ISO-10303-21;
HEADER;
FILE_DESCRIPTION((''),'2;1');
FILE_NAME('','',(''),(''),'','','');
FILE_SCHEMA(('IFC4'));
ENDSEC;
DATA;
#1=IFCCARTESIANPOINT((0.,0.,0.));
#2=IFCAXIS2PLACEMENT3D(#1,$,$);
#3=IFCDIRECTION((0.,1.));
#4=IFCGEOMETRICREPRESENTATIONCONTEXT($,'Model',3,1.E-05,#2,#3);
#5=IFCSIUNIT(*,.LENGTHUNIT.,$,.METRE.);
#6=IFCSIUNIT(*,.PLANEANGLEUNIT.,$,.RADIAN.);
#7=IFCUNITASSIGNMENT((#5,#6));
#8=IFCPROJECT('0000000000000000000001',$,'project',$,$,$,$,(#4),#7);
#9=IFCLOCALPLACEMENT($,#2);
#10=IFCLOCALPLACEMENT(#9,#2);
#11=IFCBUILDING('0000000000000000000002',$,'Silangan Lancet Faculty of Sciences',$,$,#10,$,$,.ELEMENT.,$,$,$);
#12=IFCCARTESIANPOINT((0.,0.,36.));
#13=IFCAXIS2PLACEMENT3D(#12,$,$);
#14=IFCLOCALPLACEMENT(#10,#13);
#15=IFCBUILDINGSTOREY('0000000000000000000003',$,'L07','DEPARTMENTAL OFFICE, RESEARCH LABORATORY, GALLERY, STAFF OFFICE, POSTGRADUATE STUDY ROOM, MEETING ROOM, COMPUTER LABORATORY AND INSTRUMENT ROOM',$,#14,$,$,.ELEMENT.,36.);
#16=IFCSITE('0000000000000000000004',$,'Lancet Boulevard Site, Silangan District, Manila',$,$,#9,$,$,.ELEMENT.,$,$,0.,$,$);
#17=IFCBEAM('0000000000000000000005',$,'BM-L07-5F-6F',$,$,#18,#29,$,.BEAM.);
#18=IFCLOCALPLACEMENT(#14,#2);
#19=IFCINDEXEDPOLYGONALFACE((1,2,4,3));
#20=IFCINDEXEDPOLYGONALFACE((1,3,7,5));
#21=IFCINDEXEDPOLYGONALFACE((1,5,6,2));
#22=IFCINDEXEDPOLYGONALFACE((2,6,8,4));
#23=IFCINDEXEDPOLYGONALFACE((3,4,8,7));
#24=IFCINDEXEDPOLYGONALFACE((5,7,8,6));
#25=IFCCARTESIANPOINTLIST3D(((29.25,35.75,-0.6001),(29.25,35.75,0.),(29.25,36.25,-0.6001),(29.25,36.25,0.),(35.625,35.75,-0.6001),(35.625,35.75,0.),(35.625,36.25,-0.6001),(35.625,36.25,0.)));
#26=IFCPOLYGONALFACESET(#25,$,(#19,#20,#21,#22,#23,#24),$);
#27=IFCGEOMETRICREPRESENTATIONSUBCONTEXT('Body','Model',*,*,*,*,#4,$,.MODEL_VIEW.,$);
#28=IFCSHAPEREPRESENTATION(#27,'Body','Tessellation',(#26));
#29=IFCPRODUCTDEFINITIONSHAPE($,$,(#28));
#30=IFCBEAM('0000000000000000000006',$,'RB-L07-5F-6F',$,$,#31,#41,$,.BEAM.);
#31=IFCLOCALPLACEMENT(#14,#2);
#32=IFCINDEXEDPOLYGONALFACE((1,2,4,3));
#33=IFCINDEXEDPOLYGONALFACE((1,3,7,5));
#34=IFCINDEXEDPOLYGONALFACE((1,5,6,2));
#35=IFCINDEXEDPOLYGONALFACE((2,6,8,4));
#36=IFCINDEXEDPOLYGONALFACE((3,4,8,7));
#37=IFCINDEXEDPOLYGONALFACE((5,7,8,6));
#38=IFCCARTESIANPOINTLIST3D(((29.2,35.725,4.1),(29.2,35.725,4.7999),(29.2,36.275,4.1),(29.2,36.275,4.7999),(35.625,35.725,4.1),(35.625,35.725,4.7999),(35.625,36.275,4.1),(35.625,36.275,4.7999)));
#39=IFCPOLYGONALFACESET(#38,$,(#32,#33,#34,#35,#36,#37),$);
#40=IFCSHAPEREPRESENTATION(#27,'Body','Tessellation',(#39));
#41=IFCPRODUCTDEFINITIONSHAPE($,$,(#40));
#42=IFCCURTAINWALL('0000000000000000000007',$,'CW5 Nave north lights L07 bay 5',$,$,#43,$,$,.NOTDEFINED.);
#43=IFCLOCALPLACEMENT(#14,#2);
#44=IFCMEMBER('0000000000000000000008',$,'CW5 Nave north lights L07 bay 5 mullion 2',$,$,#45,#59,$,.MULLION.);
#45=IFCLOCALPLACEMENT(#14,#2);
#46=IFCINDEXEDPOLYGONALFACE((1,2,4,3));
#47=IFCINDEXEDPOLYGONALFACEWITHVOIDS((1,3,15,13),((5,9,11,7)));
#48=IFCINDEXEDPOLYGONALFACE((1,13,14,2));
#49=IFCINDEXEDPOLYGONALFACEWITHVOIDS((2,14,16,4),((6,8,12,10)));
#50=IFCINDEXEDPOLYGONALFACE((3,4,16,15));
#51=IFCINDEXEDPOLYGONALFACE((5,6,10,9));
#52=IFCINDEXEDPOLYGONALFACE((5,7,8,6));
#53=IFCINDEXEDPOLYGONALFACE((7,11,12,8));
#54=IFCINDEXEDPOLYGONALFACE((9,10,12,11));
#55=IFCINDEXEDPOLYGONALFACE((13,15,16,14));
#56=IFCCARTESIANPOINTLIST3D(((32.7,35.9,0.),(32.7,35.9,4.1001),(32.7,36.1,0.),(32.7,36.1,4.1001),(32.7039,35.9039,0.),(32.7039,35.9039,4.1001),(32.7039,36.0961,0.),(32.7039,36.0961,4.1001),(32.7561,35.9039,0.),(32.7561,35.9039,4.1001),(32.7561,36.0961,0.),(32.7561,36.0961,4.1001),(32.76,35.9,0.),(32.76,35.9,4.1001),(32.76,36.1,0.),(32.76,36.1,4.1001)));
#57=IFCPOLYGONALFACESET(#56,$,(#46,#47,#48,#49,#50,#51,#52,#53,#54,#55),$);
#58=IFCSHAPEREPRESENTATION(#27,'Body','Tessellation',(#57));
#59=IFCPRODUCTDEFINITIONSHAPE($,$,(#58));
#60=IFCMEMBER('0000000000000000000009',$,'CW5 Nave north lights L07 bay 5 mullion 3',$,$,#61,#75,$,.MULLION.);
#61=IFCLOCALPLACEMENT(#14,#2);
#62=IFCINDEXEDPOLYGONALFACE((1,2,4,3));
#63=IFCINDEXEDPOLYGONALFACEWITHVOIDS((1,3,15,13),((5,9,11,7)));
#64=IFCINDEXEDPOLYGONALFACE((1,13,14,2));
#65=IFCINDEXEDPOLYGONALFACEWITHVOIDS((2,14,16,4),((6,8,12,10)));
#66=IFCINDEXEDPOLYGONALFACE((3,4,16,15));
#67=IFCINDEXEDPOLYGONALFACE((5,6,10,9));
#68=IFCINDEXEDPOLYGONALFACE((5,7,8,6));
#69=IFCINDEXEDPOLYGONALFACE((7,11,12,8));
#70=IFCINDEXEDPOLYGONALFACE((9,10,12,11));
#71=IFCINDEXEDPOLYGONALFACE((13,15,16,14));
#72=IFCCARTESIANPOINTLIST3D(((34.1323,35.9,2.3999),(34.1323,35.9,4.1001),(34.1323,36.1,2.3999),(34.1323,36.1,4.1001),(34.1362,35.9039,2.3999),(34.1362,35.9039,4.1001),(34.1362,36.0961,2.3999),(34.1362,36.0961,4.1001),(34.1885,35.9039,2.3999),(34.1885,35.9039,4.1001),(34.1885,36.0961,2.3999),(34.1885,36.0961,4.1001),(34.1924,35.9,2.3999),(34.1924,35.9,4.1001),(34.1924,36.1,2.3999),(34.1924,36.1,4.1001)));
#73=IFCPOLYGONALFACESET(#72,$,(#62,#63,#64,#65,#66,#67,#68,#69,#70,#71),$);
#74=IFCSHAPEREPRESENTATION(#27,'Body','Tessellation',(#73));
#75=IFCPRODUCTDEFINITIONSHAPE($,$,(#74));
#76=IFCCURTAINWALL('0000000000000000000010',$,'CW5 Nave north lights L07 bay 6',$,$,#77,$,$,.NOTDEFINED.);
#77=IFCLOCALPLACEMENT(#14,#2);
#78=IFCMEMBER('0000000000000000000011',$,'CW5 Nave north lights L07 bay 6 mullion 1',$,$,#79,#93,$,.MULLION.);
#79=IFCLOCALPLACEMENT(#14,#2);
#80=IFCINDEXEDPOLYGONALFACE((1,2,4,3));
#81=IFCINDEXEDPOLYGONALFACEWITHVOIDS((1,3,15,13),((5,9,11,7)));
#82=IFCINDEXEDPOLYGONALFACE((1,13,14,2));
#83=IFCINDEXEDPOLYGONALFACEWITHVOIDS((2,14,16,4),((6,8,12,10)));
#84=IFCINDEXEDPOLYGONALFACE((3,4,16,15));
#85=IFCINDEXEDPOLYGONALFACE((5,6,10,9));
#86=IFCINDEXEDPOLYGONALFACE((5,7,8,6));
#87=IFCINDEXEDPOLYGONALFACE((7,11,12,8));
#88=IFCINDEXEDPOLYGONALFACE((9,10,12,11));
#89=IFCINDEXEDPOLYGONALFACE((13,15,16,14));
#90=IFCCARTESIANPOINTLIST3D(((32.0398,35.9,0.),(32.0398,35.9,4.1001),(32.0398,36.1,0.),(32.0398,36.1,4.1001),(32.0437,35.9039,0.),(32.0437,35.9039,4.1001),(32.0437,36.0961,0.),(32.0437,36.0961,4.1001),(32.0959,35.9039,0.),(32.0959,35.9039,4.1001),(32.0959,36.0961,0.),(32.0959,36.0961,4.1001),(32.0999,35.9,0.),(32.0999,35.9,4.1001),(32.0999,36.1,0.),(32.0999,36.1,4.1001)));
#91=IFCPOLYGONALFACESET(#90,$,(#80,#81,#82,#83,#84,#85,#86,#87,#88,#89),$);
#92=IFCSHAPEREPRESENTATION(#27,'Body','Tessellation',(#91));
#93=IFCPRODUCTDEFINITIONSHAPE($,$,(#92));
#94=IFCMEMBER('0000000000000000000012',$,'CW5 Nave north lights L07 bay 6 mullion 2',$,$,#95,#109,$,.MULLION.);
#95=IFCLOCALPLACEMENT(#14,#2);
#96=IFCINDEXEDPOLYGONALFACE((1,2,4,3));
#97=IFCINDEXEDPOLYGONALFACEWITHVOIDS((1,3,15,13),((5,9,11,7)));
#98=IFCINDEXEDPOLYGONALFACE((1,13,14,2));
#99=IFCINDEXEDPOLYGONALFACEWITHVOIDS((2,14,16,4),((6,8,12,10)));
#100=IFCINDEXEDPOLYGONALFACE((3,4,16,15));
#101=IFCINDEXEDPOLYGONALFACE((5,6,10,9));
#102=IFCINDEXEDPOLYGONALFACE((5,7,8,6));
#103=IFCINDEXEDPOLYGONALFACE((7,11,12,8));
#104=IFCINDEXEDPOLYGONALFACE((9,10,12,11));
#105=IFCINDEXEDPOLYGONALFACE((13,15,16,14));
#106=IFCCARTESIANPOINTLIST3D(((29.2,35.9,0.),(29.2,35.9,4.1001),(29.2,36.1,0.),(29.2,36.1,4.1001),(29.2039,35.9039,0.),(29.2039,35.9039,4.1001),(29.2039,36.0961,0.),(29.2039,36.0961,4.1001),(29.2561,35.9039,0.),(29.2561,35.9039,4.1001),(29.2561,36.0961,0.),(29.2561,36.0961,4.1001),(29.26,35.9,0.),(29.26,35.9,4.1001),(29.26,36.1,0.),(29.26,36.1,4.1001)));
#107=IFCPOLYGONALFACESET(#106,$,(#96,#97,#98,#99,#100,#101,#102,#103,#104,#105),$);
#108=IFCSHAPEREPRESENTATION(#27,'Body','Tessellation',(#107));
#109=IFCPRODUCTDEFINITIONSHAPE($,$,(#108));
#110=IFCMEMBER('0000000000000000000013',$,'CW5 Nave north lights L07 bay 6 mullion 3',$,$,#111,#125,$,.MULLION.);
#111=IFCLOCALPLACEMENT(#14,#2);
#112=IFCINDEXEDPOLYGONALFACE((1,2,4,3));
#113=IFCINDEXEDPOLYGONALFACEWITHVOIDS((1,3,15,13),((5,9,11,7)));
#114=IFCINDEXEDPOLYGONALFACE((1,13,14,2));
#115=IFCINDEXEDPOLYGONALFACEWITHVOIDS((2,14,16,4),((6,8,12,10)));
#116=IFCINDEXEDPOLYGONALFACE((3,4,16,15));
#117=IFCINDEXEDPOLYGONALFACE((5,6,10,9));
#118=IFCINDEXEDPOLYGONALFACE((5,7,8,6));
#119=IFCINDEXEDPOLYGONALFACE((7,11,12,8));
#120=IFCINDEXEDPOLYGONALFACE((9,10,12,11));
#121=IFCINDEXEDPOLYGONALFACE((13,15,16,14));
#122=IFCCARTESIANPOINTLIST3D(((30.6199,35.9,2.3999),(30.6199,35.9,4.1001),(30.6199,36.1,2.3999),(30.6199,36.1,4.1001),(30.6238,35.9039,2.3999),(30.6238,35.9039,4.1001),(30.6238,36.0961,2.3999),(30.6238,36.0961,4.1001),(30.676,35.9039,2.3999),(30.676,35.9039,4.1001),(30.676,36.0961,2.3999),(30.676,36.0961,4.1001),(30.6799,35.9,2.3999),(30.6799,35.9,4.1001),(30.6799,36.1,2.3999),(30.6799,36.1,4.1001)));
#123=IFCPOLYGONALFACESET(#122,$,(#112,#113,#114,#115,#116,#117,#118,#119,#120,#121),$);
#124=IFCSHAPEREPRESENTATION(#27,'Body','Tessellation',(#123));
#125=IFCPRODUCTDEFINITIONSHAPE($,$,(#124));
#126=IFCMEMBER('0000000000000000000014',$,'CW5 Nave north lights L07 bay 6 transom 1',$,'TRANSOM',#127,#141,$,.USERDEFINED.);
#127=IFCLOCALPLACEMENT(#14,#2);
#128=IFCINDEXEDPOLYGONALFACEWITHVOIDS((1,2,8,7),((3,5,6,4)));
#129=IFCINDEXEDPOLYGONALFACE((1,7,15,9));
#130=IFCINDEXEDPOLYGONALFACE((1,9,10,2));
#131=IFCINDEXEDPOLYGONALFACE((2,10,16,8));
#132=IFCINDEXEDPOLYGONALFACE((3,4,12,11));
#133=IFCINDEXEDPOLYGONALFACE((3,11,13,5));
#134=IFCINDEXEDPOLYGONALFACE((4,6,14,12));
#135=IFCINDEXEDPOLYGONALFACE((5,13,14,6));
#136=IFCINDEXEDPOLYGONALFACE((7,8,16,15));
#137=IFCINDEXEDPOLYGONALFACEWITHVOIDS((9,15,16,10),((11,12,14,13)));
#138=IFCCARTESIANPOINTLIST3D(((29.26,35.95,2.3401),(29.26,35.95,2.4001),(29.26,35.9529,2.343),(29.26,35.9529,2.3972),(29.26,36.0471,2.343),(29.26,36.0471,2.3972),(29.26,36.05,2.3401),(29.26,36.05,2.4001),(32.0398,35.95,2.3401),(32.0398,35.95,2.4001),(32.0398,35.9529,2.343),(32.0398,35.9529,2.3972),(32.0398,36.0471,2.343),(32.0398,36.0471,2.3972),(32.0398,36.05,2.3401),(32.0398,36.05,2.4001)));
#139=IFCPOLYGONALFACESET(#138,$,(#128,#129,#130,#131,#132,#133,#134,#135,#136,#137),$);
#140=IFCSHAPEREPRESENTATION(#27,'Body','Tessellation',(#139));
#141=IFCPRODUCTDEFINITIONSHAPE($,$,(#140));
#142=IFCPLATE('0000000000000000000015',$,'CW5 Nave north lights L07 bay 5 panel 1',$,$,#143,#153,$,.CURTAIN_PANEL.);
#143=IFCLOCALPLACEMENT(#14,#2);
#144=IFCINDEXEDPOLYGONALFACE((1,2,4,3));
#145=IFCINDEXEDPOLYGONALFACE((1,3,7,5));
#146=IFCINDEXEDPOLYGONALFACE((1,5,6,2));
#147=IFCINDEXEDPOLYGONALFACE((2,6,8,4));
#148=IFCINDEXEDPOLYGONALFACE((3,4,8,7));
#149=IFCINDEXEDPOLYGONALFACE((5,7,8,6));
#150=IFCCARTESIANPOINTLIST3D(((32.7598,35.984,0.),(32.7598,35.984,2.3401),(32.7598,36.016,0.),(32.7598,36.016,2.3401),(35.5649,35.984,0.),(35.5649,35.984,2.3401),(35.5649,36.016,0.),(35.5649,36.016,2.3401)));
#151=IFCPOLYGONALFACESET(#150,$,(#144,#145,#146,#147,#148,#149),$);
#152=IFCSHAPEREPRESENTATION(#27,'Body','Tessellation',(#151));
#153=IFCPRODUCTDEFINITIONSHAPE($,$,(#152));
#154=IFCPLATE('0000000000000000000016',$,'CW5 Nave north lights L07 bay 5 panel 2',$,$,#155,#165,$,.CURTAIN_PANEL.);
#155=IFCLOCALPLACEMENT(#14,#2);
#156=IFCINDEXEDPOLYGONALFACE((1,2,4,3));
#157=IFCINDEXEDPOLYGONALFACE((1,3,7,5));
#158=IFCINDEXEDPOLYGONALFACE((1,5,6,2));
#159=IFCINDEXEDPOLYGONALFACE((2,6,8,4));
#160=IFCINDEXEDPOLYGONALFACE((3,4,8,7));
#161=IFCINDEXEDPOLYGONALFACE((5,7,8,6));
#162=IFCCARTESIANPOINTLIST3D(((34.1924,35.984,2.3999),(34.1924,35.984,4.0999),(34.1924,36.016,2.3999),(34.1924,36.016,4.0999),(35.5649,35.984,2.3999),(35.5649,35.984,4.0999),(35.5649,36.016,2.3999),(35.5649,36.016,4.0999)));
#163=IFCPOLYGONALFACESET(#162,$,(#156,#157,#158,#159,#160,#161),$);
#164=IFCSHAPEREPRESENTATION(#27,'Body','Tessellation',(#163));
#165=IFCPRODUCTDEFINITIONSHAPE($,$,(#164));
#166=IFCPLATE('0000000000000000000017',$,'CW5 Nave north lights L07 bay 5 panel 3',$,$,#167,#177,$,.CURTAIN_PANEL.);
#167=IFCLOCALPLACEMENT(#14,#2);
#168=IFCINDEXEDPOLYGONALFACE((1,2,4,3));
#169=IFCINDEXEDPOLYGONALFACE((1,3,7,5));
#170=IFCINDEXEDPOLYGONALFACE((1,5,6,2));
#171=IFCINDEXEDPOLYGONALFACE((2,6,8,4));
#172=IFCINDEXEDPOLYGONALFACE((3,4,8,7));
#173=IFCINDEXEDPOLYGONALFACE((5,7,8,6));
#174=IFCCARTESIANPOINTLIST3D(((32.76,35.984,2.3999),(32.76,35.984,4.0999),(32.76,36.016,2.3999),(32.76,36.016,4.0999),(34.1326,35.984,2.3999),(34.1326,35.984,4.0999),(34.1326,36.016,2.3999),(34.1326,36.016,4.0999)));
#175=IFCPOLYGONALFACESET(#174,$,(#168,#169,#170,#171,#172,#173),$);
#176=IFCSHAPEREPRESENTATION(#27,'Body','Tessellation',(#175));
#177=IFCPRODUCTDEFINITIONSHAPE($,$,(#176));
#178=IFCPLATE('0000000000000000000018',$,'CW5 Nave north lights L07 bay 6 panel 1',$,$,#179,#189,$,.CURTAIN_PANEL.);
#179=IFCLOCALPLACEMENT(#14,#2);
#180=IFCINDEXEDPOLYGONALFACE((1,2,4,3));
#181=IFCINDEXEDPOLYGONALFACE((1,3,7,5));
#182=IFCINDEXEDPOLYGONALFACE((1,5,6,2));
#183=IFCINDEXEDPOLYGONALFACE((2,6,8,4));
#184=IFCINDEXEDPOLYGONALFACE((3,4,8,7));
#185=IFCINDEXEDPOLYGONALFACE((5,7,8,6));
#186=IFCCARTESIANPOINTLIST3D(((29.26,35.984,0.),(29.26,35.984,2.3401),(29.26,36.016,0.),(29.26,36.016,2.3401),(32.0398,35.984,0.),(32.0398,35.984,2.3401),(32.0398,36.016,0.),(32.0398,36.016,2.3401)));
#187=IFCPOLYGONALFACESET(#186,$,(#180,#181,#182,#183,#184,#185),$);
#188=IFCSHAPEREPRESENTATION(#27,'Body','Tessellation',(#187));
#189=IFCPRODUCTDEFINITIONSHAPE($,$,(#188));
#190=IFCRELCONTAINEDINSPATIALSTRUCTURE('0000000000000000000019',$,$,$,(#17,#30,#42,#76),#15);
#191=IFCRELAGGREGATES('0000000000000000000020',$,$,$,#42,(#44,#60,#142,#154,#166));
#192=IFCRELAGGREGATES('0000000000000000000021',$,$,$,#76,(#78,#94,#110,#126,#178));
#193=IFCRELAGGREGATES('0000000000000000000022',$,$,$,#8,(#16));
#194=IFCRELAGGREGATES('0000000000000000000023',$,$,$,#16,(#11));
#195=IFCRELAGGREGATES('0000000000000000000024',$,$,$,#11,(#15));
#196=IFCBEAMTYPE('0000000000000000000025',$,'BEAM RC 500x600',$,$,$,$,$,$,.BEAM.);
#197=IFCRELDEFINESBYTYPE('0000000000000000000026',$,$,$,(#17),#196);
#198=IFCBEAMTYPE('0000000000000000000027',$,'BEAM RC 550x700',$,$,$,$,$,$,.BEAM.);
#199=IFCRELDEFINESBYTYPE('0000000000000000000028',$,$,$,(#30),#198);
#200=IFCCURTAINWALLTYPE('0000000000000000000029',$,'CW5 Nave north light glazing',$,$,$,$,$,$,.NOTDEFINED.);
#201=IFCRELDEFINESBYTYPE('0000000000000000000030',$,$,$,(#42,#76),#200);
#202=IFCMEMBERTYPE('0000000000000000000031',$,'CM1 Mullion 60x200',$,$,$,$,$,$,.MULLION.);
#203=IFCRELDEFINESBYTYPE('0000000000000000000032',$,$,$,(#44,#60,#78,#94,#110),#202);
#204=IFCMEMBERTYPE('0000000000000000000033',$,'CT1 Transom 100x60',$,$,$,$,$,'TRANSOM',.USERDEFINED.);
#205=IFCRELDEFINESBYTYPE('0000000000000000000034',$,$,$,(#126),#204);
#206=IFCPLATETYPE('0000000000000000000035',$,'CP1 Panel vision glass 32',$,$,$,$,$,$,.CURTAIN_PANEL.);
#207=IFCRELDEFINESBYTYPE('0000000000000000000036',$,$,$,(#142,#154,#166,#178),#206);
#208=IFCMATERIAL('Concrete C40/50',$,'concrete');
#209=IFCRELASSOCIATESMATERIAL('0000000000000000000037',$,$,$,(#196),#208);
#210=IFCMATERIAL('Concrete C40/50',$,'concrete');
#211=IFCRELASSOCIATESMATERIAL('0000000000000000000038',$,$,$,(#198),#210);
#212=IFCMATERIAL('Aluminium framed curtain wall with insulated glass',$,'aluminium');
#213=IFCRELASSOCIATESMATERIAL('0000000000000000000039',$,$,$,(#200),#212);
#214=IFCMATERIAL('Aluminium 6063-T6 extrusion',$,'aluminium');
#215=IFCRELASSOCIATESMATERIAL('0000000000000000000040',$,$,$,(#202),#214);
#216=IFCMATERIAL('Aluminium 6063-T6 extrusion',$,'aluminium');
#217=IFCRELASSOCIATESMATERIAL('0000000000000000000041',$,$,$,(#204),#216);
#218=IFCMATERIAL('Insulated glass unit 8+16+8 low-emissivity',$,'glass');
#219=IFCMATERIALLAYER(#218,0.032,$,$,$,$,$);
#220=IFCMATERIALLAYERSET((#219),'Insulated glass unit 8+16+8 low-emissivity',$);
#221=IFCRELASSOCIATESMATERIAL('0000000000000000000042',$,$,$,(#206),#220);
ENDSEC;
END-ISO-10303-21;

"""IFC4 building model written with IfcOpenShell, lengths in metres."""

from ifc_helpers import new_model, si_unit, direction, frame, origin, origin_2d, place, context, subcontext, project, spatial, rectangle, hollow_rectangle, extrude, material, layer, layer_set, material_profile, profile_set, type_object, element, aggregate, save


model = new_model("IFC4")

# Units and contexts
model_context = context("Model", 3, precision=1e-05, world=origin(), true_north=direction((0.0, 1.0)))
body_context = subcontext(model_context, "Body", "Model", "MODEL_VIEW")
ifc_project = project(units=[si_unit("LENGTHUNIT", "METRE"), si_unit("PLANEANGLEUNIT", "RADIAN")], contexts=[model_context])

# Site, building, storey
site_placement = place(None, origin())
site = spatial("IfcSite", under=ifc_project, at=site_placement, Name="Lancet Boulevard Site, Silangan District, Manila", CompositionType="ELEMENT", RefElevation=0.0)
building_placement = place(site_placement, origin())
building = spatial("IfcBuilding", under=site, at=building_placement, Name="Silangan Lancet Faculty of Sciences", CompositionType="ELEMENT")
storey_placement = place(building_placement, frame((0.0, 0.0, 36.0)))
storey = spatial("IfcBuildingStorey", under=building, at=storey_placement, Name="L07", Description="DEPARTMENTAL OFFICE, RESEARCH LABORATORY, GALLERY, STAFF OFFICE, POSTGRADUATE STUDY ROOM, MEETING ROOM, COMPUTER LABORATORY AND INSTRUMENT ROOM", CompositionType="ELEMENT", Elevation=36.0)

# Beams
ifc_material_1 = material(Name="Concrete C40/50", Category="concrete")
ifc_material_profile_1 = material_profile(ifc_material_1, rectangle(XDim=0.5, YDim=0.6001, at=origin_2d()), Name="RC 500x600")
ifc_profile_set_1 = profile_set([ifc_material_profile_1], Name="Concrete C40/50")
beam_type_1 = type_object("IfcBeamType", Name="BEAM RC 500x600", PredefinedType="BEAM", material=ifc_profile_set_1)
beam_1_placement = place(storey_placement, frame((29.25, 36.0, -0.3), z_axis=(1.0, 0.0, 0.0), x_axis=(0.0, 1.0, 0.0)))
element("IfcBeam", 1, at=beam_1_placement, inside=storey, type_object=beam_type_1, Name="BM-L07-5F-6F", PredefinedType="BEAM", context=body_context, shape_type="SweptSolid", body=[
    extrude(rectangle(XDim=0.5, YDim=0.6001, at=origin_2d()), origin(), (0.0, 0.0, 1.0), 6.375),
])
ifc_material_2 = material(Name="Concrete C40/50", Category="concrete")
ifc_material_profile_2 = material_profile(ifc_material_2, rectangle(XDim=0.55, YDim=0.7, at=origin_2d()), Name="RC 550x700")
ifc_profile_set_2 = profile_set([ifc_material_profile_2], Name="Concrete C40/50")
beam_type_2 = type_object("IfcBeamType", Name="BEAM RC 550x700", PredefinedType="BEAM", material=ifc_profile_set_2)
beam_2_placement = place(storey_placement, frame((29.2, 36.0, 4.45), z_axis=(1.0, 0.0, 0.0), x_axis=(0.0, 1.0, 0.0)))
element("IfcBeam", 2, at=beam_2_placement, inside=storey, type_object=beam_type_2, Name="RB-L07-5F-6F", PredefinedType="BEAM", context=body_context, shape_type="SweptSolid", body=[
    extrude(rectangle(XDim=0.55, YDim=0.7, at=origin_2d()), origin(), (0.0, 0.0, 1.0), 6.425),
])

# Curtain walls, members
ifc_material_3 = material(Name="Aluminium framed curtain wall with insulated glass", Category="aluminium")
curtain_wall_type = type_object("IfcCurtainWallType", Name="CW5 Nave north light glazing", PredefinedType="NOTDEFINED", material=ifc_material_3)
curtain_wall_1_placement = place(storey_placement, origin())
curtain_wall_1 = element("IfcCurtainWall", 3, at=curtain_wall_1_placement, inside=storey, type_object=curtain_wall_type, Name="CW5 Nave north lights L07 bay 5", PredefinedType="NOTDEFINED")
ifc_material_4 = material(Name="Aluminium 6063-T6 extrusion", Category="aluminium")
ifc_material_profile_3 = material_profile(ifc_material_4, hollow_rectangle(XDim=0.0601, YDim=0.2, WallThickness=0.0039, at=origin_2d()), Name="AL BOX 60x200x4")
ifc_profile_set_3 = profile_set([ifc_material_profile_3], Name="Aluminium 6063-T6 extrusion")
member_type_1 = type_object("IfcMemberType", Name="CM1 Mullion 60x200", PredefinedType="MULLION", material=ifc_profile_set_3)
member_1_placement = place(storey_placement, frame((32.73, 36.0, 0.0), z_axis=(0.0, 0.0, 1.0), x_axis=(-1.0, 0.0, 0.0)))
member_1 = element("IfcMember", 4, at=member_1_placement, type_object=member_type_1, Name="CW5 Nave north lights L07 bay 5 mullion 2", PredefinedType="MULLION", context=body_context, shape_type="SweptSolid", body=[
    extrude(hollow_rectangle(XDim=0.0601, YDim=0.2, WallThickness=0.0039, at=origin_2d()), origin(), (0.0, 0.0, 1.0), 4.1001),
])
member_2_placement = place(storey_placement, frame((34.1624, 36.0, 2.3999), z_axis=(0.0, 0.0, 1.0), x_axis=(-1.0, 0.0, 0.0)))
member_2 = element("IfcMember", 5, at=member_2_placement, type_object=member_type_1, Name="CW5 Nave north lights L07 bay 5 mullion 3", PredefinedType="MULLION", context=body_context, shape_type="SweptSolid", body=[
    extrude(hollow_rectangle(XDim=0.0601, YDim=0.2, WallThickness=0.0039, at=origin_2d()), origin(), (0.0, 0.0, 1.0), 1.7002),
])
curtain_wall_2_placement = place(storey_placement, origin())
curtain_wall_2 = element("IfcCurtainWall", 6, at=curtain_wall_2_placement, inside=storey, type_object=curtain_wall_type, Name="CW5 Nave north lights L07 bay 6", PredefinedType="NOTDEFINED")
member_3_placement = place(storey_placement, frame((32.0698, 36.0, 0.0), z_axis=(0.0, 0.0, 1.0), x_axis=(-1.0, 0.0, 0.0)))
member_3 = element("IfcMember", 7, at=member_3_placement, type_object=member_type_1, Name="CW5 Nave north lights L07 bay 6 mullion 1", PredefinedType="MULLION", context=body_context, shape_type="SweptSolid", body=[
    extrude(hollow_rectangle(XDim=0.0601, YDim=0.2, WallThickness=0.0039, at=origin_2d()), origin(), (0.0, 0.0, 1.0), 4.1001),
])
member_4_placement = place(storey_placement, frame((29.23, 36.0, 0.0), z_axis=(0.0, 0.0, 1.0), x_axis=(-1.0, 0.0, 0.0)))
member_4 = element("IfcMember", 8, at=member_4_placement, type_object=member_type_1, Name="CW5 Nave north lights L07 bay 6 mullion 2", PredefinedType="MULLION", context=body_context, shape_type="SweptSolid", body=[
    extrude(hollow_rectangle(XDim=0.0601, YDim=0.2, WallThickness=0.0039, at=origin_2d()), origin(), (0.0, 0.0, 1.0), 4.1001),
])
member_5_placement = place(storey_placement, frame((30.6499, 36.0, 2.3999), z_axis=(0.0, 0.0, 1.0), x_axis=(-1.0, 0.0, 0.0)))
member_5 = element("IfcMember", 9, at=member_5_placement, type_object=member_type_1, Name="CW5 Nave north lights L07 bay 6 mullion 3", PredefinedType="MULLION", context=body_context, shape_type="SweptSolid", body=[
    extrude(hollow_rectangle(XDim=0.0601, YDim=0.2, WallThickness=0.0039, at=origin_2d()), origin(), (0.0, 0.0, 1.0), 1.7002),
])
ifc_material_5 = material(Name="Aluminium 6063-T6 extrusion", Category="aluminium")
ifc_material_profile_4 = material_profile(ifc_material_5, hollow_rectangle(XDim=0.1001, YDim=0.0601, WallThickness=0.0029, at=origin_2d()), Name="AL BOX 100x60x3")
ifc_profile_set_4 = profile_set([ifc_material_profile_4], Name="Aluminium 6063-T6 extrusion")
member_type_2 = type_object("IfcMemberType", Name="CT1 Transom 100x60", ElementType="TRANSOM", PredefinedType="USERDEFINED", material=ifc_profile_set_4)
member_6_placement = place(storey_placement, frame((32.0398, 36.0, 2.3701), z_axis=(-1.0, 0.0, 0.0), x_axis=(0.0, -1.0, 0.0)))
member_6 = element("IfcMember", 10, at=member_6_placement, type_object=member_type_2, Name="CW5 Nave north lights L07 bay 6 transom 1", ObjectType="TRANSOM", PredefinedType="USERDEFINED", context=body_context, shape_type="SweptSolid", body=[
    extrude(hollow_rectangle(XDim=0.1001, YDim=0.0601, WallThickness=0.0029, at=origin_2d()), origin(), (0.0, 0.0, 1.0), 2.7798),
])

# Plates
ifc_material_6 = material(Name="Insulated glass unit 8+16+8 low-emissivity", Category="glass")
ifc_layer = layer(ifc_material_6, 0.032)
ifc_layer_set = layer_set([ifc_layer], Name="Insulated glass unit 8+16+8 low-emissivity")
plate_type = type_object("IfcPlateType", Name="CP1 Panel vision glass 32", PredefinedType="CURTAIN_PANEL", material=ifc_layer_set)
plate_1_placement = place(storey_placement, frame((34.1624, 36.0, 0.0), z_axis=(0.0, 0.0, 1.0), x_axis=(-1.0, 0.0, 0.0)))
plate_1 = element("IfcPlate", 11, at=plate_1_placement, type_object=plate_type, Name="CW5 Nave north lights L07 bay 5 panel 1", PredefinedType="CURTAIN_PANEL", context=body_context, shape_type="SweptSolid", body=[
    extrude(rectangle(XDim=2.8052, YDim=0.032, at=origin_2d()), origin(), (0.0, 0.0, 1.0), 2.3401),
])
plate_2_placement = place(storey_placement, frame((34.8787, 36.0, 2.3999), z_axis=(0.0, 0.0, 1.0), x_axis=(-1.0, 0.0, 0.0)))
plate_2 = element("IfcPlate", 12, at=plate_2_placement, type_object=plate_type, Name="CW5 Nave north lights L07 bay 5 panel 2", PredefinedType="CURTAIN_PANEL", context=body_context, shape_type="SweptSolid", body=[
    extrude(rectangle(XDim=1.3726, YDim=0.032, at=origin_2d()), origin(), (0.0, 0.0, 1.0), 1.7),
])
plate_3_placement = place(storey_placement, frame((33.4463, 36.0, 2.3999), z_axis=(0.0, 0.0, 1.0), x_axis=(-1.0, 0.0, 0.0)))
plate_3 = element("IfcPlate", 13, at=plate_3_placement, type_object=plate_type, Name="CW5 Nave north lights L07 bay 5 panel 3", PredefinedType="CURTAIN_PANEL", context=body_context, shape_type="SweptSolid", body=[
    extrude(rectangle(XDim=1.3726, YDim=0.032, at=origin_2d()), origin(), (0.0, 0.0, 1.0), 1.7),
])
aggregate(curtain_wall_1, [member_1, member_2, plate_1, plate_2, plate_3])
plate_4_placement = place(storey_placement, frame((30.6499, 36.0, 0.0), z_axis=(0.0, 0.0, 1.0), x_axis=(-1.0, 0.0, 0.0)))
plate_4 = element("IfcPlate", 14, at=plate_4_placement, type_object=plate_type, Name="CW5 Nave north lights L07 bay 6 panel 1", PredefinedType="CURTAIN_PANEL", context=body_context, shape_type="SweptSolid", body=[
    extrude(rectangle(XDim=2.7798, YDim=0.032, at=origin_2d()), origin(), (0.0, 0.0, 1.0), 2.3401),
])
aggregate(curtain_wall_2, [member_3, member_4, member_5, member_6, plate_4])

save(model, "model.ifc")
